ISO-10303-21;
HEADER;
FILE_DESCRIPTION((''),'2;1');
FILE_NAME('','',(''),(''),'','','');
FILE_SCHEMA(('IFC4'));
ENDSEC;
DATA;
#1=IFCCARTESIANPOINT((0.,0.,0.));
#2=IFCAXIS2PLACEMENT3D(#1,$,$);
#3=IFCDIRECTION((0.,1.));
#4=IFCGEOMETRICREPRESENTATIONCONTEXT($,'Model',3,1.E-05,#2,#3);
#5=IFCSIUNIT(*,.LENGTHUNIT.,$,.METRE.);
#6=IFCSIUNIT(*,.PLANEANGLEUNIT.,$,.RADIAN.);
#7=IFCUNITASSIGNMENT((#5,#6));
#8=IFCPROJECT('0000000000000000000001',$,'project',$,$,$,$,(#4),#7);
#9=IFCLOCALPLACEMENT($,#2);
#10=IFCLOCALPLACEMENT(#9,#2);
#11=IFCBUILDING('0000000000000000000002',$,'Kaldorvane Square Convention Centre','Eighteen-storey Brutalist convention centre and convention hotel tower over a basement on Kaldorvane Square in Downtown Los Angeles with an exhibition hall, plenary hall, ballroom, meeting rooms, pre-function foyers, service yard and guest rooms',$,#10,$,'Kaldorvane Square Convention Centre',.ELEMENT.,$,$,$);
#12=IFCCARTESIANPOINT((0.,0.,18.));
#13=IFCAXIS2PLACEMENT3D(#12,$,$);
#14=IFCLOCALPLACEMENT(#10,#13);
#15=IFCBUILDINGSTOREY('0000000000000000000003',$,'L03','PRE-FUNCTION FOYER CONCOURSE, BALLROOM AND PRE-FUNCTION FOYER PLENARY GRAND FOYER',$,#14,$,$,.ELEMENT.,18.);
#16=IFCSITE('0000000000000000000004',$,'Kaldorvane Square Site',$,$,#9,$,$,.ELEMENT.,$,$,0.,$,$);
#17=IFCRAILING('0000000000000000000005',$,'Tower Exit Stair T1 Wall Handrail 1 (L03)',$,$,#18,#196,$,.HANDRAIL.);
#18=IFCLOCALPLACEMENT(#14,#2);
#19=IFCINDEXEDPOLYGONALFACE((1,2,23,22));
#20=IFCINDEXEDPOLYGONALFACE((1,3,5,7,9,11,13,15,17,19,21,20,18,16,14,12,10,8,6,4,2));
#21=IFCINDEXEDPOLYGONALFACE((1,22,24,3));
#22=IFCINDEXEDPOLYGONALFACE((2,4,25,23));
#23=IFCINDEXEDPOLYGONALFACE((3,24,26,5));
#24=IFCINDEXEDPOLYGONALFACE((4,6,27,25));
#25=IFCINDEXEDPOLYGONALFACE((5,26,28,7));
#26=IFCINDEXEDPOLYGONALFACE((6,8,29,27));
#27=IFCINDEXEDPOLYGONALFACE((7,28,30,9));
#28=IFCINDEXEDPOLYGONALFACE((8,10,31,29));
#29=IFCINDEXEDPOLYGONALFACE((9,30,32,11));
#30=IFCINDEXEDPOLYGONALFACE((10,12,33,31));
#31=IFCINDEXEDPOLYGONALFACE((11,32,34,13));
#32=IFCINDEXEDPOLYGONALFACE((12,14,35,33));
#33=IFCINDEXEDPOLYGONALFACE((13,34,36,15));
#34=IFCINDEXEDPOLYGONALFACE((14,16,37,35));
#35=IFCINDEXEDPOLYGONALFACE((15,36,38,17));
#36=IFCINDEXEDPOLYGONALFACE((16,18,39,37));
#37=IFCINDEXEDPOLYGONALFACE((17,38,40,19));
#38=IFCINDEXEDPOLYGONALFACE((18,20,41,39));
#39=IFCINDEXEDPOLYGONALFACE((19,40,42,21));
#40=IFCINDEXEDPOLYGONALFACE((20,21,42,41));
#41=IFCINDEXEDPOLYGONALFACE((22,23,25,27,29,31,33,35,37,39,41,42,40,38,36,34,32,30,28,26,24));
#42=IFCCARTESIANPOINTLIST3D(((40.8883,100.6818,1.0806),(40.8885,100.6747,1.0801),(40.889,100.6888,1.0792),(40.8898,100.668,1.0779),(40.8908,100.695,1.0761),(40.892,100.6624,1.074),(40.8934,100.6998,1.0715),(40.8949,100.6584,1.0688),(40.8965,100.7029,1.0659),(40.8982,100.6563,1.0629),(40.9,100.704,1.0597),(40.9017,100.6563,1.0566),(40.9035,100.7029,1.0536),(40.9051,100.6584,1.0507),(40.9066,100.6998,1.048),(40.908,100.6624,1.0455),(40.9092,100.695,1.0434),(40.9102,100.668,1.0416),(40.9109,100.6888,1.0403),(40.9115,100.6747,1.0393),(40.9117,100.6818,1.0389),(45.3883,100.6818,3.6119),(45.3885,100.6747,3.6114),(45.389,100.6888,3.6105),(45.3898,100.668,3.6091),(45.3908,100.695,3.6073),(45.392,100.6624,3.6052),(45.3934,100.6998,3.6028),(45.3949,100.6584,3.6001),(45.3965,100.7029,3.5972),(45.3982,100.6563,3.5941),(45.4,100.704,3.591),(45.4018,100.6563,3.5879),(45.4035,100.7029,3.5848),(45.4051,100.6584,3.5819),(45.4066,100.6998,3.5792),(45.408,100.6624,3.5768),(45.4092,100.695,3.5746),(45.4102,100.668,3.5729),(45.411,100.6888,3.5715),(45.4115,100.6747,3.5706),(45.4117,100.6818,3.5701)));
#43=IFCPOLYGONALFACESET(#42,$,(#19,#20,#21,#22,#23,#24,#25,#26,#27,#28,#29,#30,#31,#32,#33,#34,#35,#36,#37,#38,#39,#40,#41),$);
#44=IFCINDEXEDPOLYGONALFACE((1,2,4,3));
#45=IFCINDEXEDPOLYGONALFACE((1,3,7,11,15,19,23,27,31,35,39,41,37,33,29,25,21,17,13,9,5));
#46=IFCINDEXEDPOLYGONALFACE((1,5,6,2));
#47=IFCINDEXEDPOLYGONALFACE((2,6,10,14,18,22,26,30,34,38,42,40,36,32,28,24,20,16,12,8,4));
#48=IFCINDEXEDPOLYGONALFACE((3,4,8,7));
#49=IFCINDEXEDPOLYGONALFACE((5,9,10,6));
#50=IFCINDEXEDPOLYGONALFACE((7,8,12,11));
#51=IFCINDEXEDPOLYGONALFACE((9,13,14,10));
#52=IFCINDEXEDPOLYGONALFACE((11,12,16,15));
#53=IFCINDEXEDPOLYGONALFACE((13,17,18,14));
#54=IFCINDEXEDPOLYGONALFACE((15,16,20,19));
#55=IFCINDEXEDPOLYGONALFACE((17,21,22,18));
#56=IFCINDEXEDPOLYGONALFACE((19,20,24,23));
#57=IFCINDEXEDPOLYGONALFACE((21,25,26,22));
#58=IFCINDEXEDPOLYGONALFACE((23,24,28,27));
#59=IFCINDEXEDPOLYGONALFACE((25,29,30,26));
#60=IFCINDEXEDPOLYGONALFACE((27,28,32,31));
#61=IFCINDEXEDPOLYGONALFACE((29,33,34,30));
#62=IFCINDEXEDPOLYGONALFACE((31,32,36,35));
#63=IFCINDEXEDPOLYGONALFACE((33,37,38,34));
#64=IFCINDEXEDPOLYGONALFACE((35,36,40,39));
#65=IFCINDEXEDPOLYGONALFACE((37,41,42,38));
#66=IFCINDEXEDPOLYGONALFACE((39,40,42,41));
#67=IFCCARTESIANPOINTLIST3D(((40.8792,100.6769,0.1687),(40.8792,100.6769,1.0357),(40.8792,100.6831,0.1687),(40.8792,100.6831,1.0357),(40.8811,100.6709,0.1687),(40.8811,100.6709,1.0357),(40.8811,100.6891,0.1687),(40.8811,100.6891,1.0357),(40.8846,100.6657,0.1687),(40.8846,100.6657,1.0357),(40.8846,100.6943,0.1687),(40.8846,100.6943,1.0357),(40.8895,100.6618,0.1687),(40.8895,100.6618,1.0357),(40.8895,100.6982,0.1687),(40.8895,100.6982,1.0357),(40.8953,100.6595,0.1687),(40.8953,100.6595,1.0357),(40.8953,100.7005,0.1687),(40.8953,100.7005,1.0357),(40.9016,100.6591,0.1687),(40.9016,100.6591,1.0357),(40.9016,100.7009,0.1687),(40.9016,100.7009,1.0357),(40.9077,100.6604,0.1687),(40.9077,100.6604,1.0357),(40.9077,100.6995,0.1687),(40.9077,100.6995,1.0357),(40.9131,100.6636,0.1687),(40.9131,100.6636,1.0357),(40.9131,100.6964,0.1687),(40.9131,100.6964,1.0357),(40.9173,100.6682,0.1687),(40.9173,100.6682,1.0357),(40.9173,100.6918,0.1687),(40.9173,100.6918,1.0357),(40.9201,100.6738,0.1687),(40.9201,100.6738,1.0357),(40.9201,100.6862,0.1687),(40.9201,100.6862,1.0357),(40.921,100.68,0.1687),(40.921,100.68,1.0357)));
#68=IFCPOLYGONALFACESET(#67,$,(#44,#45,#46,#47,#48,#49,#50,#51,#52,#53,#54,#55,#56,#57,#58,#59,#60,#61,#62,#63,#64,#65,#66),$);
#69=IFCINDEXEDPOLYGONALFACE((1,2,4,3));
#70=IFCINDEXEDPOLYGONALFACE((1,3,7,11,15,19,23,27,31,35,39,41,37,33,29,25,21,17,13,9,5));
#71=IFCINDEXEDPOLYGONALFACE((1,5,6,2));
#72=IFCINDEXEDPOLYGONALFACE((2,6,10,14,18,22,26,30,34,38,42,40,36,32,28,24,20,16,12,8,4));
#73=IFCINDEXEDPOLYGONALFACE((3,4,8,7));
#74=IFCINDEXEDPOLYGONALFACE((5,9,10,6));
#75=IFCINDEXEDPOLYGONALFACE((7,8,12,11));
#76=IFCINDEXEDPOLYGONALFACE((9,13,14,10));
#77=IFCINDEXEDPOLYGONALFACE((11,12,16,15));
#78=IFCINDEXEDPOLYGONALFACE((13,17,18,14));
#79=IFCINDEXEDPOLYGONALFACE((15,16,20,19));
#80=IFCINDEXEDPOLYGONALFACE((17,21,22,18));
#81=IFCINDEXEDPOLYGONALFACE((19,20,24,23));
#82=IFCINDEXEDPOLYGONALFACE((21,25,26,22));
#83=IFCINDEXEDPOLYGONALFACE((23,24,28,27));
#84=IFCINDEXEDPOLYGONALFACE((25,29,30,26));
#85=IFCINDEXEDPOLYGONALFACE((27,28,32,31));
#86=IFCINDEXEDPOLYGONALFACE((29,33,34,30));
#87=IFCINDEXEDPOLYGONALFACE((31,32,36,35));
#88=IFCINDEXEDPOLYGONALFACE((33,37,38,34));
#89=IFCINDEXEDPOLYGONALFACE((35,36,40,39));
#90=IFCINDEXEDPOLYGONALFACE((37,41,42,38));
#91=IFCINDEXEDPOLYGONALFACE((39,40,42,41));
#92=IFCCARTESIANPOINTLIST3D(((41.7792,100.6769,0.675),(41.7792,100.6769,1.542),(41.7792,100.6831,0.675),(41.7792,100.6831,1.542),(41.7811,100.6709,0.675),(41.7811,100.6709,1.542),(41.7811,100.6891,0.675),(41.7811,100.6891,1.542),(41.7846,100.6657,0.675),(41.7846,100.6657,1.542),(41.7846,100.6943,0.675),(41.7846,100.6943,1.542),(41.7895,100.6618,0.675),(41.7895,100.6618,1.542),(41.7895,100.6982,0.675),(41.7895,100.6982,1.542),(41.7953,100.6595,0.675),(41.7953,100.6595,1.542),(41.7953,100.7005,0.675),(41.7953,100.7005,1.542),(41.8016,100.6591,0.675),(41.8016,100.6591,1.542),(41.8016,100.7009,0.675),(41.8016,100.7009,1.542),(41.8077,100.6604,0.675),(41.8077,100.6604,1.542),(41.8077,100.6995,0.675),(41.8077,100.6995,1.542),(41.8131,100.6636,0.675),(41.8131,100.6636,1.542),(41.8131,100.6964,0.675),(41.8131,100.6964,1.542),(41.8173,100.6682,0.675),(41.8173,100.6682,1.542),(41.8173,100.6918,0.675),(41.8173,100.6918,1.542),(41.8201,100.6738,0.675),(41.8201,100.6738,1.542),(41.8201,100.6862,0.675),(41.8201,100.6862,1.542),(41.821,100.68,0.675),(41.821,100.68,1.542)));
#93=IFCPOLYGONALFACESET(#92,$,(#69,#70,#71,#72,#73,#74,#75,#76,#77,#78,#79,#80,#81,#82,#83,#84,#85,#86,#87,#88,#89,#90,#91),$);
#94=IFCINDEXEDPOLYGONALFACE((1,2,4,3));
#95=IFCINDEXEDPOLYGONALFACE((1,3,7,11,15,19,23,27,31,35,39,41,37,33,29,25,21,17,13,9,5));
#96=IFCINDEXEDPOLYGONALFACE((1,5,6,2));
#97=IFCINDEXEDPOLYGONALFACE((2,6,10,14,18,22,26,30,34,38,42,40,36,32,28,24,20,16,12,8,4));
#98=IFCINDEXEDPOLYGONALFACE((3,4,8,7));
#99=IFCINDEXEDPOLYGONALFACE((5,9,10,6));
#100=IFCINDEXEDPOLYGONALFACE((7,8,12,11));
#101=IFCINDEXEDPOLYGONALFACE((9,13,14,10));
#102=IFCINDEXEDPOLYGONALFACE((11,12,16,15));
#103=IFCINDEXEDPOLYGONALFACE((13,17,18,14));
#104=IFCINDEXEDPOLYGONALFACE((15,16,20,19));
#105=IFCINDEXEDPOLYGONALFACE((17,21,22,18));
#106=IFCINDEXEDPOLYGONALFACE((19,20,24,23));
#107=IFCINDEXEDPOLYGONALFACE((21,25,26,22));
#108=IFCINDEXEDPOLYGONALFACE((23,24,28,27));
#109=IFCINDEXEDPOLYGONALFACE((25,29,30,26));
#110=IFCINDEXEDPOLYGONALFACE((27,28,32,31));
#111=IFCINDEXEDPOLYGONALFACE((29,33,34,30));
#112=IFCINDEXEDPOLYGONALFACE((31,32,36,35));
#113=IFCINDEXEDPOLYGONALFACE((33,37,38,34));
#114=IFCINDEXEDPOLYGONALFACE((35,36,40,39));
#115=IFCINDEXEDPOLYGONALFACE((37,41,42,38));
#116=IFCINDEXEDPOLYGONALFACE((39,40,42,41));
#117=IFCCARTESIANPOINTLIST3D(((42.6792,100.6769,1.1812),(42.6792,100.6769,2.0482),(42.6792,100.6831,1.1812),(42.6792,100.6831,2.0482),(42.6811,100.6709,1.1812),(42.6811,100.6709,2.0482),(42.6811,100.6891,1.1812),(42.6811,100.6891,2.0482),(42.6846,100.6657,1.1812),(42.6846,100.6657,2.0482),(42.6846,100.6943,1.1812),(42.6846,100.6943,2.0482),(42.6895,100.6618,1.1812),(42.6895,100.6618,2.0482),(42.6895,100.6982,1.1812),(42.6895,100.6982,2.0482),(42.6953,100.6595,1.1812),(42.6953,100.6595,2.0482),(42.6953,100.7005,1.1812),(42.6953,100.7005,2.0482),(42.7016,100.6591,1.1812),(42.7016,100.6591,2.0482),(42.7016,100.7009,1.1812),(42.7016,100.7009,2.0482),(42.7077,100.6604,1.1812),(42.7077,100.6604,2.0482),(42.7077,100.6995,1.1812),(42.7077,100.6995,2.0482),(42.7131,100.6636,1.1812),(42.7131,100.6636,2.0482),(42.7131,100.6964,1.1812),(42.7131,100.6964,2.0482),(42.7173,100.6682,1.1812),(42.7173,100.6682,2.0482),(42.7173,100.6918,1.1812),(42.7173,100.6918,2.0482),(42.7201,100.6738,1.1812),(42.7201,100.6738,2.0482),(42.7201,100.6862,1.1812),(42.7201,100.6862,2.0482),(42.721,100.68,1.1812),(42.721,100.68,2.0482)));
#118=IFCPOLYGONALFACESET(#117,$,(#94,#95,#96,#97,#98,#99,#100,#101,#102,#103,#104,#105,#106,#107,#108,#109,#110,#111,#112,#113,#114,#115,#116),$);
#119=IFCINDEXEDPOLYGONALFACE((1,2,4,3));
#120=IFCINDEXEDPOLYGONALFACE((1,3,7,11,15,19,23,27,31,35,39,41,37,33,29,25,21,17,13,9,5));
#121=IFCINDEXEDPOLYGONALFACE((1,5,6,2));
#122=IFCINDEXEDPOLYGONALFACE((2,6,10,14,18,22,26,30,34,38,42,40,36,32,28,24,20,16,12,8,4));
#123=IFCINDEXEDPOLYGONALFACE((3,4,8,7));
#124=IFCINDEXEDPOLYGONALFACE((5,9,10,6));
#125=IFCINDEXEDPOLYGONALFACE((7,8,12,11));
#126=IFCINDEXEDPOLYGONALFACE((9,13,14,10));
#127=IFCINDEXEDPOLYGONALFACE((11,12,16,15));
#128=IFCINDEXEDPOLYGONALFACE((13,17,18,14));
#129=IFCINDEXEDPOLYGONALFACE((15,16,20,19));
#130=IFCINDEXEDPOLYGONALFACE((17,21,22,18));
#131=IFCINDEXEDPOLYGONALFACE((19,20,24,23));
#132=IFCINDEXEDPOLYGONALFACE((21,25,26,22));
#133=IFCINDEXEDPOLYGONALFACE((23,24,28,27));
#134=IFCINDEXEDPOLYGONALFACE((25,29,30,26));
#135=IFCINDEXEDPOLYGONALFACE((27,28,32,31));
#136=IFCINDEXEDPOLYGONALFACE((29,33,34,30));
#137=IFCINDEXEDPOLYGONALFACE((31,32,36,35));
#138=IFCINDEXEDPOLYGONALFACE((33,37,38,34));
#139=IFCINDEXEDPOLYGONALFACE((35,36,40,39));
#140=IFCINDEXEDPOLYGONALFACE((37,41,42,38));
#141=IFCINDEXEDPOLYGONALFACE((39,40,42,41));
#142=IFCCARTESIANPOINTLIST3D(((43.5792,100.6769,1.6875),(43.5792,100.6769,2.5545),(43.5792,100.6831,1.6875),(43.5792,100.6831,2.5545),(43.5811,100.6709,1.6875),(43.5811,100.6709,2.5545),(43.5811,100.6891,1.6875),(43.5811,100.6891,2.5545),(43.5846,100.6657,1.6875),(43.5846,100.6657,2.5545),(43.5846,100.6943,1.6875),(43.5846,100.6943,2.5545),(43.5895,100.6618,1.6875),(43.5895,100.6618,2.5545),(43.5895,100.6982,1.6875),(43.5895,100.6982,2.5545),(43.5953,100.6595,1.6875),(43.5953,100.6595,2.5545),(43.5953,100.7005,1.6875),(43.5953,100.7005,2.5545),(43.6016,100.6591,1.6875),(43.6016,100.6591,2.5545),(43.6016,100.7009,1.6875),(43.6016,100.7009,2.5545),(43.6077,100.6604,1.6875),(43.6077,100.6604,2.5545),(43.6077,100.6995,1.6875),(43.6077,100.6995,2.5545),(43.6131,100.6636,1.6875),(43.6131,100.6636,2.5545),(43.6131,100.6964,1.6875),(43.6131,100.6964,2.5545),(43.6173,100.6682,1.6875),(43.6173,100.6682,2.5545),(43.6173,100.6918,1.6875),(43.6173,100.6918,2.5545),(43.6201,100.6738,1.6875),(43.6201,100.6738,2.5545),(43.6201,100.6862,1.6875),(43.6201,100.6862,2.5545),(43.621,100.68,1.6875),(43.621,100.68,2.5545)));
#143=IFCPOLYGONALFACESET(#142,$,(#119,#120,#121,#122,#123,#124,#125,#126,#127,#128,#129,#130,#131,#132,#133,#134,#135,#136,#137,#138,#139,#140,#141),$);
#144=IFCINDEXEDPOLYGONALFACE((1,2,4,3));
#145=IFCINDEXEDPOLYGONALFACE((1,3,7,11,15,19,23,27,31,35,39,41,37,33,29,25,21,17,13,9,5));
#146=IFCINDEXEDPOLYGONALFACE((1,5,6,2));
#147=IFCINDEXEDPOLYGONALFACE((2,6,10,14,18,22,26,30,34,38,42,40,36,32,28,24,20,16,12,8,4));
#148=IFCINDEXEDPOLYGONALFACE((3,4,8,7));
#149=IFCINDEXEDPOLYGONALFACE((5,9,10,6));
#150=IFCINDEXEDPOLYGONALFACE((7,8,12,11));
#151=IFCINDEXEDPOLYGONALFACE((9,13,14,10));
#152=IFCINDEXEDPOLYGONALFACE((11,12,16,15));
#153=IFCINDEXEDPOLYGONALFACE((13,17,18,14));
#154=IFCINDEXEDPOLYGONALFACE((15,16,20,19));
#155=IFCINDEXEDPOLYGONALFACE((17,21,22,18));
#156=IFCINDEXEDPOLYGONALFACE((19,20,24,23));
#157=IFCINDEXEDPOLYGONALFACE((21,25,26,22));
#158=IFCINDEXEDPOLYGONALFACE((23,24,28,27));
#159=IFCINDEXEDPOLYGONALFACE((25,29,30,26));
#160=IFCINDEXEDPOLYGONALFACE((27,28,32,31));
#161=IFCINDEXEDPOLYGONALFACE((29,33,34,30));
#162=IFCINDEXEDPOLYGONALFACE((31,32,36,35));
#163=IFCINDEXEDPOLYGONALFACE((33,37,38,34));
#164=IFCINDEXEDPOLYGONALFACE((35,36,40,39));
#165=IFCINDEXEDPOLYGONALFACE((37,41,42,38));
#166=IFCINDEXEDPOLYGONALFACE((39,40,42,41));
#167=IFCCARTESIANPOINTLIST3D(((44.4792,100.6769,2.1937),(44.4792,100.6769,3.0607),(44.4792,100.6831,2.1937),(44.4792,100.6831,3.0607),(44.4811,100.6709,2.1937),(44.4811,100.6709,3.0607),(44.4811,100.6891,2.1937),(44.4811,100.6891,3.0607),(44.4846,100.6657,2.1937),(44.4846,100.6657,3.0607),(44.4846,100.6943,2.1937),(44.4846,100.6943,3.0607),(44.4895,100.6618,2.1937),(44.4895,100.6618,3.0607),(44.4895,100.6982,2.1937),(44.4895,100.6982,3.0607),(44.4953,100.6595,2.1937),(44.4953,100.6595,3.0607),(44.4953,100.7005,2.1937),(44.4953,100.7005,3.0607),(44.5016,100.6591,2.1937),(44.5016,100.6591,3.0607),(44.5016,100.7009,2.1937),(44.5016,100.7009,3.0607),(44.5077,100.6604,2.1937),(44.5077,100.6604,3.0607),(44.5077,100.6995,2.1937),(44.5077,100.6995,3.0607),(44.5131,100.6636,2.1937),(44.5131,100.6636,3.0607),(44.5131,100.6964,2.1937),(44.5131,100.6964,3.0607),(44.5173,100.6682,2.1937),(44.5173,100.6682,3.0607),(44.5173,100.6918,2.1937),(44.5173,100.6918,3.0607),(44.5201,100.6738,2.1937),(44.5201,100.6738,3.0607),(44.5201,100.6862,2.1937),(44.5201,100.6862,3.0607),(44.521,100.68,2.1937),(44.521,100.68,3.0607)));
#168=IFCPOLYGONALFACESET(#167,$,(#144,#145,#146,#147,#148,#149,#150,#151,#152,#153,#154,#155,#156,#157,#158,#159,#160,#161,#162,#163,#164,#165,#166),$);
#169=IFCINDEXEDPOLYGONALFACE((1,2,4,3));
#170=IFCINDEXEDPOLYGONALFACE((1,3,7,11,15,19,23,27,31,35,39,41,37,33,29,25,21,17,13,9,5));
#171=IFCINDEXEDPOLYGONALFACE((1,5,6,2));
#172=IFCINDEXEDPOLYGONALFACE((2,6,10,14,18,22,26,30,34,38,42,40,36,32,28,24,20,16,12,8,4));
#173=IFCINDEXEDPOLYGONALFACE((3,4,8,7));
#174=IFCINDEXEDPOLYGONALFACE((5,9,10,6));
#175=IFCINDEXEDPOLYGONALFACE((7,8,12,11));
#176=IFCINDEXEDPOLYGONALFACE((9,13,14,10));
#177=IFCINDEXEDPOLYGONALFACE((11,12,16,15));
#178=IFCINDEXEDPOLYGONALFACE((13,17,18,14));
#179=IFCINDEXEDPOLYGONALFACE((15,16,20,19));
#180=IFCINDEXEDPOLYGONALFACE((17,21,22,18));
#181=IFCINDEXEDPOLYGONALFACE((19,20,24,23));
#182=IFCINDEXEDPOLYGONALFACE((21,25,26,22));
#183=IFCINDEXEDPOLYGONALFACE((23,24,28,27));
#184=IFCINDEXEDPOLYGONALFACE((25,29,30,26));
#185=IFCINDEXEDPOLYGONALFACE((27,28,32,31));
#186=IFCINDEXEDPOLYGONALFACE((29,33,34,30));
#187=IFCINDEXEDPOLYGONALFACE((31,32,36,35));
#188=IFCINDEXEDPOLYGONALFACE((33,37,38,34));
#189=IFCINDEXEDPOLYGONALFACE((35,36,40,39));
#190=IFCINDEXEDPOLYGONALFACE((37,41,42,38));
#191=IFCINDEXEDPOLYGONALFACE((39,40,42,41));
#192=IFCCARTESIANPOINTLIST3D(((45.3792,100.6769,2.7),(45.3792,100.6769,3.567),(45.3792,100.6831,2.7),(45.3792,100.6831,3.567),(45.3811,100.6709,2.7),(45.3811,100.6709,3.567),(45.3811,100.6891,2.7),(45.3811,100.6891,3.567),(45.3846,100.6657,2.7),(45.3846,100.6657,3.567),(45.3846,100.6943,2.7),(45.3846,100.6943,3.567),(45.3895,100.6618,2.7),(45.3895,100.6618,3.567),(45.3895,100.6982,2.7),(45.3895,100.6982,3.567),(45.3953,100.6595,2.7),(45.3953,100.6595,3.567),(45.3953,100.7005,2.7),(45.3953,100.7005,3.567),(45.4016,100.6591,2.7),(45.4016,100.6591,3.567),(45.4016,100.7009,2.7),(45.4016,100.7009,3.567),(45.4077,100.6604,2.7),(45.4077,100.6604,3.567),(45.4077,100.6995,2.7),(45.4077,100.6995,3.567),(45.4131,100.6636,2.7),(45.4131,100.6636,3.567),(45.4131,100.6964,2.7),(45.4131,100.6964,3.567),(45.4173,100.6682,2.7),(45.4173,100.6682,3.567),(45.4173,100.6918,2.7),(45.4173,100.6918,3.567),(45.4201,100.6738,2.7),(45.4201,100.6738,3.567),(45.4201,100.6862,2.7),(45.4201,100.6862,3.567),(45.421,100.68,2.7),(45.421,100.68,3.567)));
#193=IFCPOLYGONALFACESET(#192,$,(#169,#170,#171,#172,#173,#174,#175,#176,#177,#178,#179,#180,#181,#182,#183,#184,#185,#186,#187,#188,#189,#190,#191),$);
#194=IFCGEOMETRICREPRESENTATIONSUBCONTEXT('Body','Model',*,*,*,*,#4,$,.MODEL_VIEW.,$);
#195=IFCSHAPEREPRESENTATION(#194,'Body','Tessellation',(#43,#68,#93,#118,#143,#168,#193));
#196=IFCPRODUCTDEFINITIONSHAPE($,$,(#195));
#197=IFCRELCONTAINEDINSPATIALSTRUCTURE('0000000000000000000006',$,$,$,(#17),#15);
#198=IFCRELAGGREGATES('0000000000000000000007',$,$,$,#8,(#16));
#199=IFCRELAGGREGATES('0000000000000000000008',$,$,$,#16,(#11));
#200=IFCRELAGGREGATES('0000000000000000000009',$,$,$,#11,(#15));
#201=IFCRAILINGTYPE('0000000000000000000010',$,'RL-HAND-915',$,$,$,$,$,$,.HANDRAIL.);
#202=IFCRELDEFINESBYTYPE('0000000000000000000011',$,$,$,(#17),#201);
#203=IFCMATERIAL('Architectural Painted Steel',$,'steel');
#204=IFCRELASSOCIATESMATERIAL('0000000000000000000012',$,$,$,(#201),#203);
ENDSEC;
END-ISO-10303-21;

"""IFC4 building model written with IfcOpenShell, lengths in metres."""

from ifc_helpers import new_model, si_unit, direction, frame, origin, origin_2d, place, context, subcontext, project, spatial, circle, extrude, material, type_object, element, save


model = new_model("IFC4")

# Units and contexts
model_context = context("Model", 3, precision=1e-05, world=origin(), true_north=direction((0.0, 1.0)))
body_context = subcontext(model_context, "Body", "Model", "MODEL_VIEW")
ifc_project = project(units=[si_unit("LENGTHUNIT", "METRE"), si_unit("PLANEANGLEUNIT", "RADIAN")], contexts=[model_context])

# Site, building, storey
site_placement = place(None, origin())
site = spatial("IfcSite", under=ifc_project, at=site_placement, Name="Kaldorvane Square Site", CompositionType="ELEMENT", RefElevation=0.0)
building_placement = place(site_placement, origin())
building = spatial("IfcBuilding", under=site, at=building_placement, Name="Kaldorvane Square Convention Centre", Description="Eighteen-storey Brutalist convention centre and convention hotel tower over a basement on Kaldorvane Square in Downtown Los Angeles with an exhibition hall, plenary hall, ballroom, meeting rooms, pre-function foyers, service yard and guest rooms", LongName="Kaldorvane Square Convention Centre", CompositionType="ELEMENT")
storey_placement = place(building_placement, frame((0.0, 0.0, 18.0)))
storey = spatial("IfcBuildingStorey", under=building, at=storey_placement, Name="L03", Description="PRE-FUNCTION FOYER CONCOURSE, BALLROOM AND PRE-FUNCTION FOYER PLENARY GRAND FOYER", CompositionType="ELEMENT", Elevation=18.0)

# Railing
ifc_material_1 = material(Name="Architectural Painted Steel", Category="steel")
railing_type = type_object("IfcRailingType", Name="RL-HAND-915", PredefinedType="HANDRAIL", material=ifc_material_1)
railing_placement = place(storey_placement, frame((40.9, 100.68, 0.1687)))
element("IfcRailing", 1, at=railing_placement, inside=storey, type_object=railing_type, Name="Tower Exit Stair T1 Wall Handrail 1 (L03)", PredefinedType="HANDRAIL", context=body_context, shape_type="SweptSolid", body=[
    extrude(circle(Radius=0.024, at=origin_2d()), frame((0.0, 0.0, 0.891), z_axis=(0.871576, 0.0, 0.490261), x_axis=(0.0, 1.0, 0.0)), (0.0, 0.0, 1.0), 5.1631),
    extrude(circle(Radius=0.021, at=origin_2d()), origin(), (0.0, 0.0, 1.0), 0.867),
    extrude(circle(Radius=0.021, at=origin_2d()), frame((0.9, 0.0, 0.5063)), (0.0, 0.0, 1.0), 0.867),
    extrude(circle(Radius=0.021, at=origin_2d()), frame((1.8, 0.0, 1.0125)), (0.0, 0.0, 1.0), 0.867),
    extrude(circle(Radius=0.021, at=origin_2d()), frame((2.7, 0.0, 1.5188)), (0.0, 0.0, 1.0), 0.867),
    extrude(circle(Radius=0.021, at=origin_2d()), frame((3.6, 0.0, 2.025)), (0.0, 0.0, 1.0), 0.867),
    extrude(circle(Radius=0.021, at=origin_2d()), frame((4.5, 0.0, 2.5312)), (0.0, 0.0, 1.0), 0.867),
])

save(model, "model.ifc")
